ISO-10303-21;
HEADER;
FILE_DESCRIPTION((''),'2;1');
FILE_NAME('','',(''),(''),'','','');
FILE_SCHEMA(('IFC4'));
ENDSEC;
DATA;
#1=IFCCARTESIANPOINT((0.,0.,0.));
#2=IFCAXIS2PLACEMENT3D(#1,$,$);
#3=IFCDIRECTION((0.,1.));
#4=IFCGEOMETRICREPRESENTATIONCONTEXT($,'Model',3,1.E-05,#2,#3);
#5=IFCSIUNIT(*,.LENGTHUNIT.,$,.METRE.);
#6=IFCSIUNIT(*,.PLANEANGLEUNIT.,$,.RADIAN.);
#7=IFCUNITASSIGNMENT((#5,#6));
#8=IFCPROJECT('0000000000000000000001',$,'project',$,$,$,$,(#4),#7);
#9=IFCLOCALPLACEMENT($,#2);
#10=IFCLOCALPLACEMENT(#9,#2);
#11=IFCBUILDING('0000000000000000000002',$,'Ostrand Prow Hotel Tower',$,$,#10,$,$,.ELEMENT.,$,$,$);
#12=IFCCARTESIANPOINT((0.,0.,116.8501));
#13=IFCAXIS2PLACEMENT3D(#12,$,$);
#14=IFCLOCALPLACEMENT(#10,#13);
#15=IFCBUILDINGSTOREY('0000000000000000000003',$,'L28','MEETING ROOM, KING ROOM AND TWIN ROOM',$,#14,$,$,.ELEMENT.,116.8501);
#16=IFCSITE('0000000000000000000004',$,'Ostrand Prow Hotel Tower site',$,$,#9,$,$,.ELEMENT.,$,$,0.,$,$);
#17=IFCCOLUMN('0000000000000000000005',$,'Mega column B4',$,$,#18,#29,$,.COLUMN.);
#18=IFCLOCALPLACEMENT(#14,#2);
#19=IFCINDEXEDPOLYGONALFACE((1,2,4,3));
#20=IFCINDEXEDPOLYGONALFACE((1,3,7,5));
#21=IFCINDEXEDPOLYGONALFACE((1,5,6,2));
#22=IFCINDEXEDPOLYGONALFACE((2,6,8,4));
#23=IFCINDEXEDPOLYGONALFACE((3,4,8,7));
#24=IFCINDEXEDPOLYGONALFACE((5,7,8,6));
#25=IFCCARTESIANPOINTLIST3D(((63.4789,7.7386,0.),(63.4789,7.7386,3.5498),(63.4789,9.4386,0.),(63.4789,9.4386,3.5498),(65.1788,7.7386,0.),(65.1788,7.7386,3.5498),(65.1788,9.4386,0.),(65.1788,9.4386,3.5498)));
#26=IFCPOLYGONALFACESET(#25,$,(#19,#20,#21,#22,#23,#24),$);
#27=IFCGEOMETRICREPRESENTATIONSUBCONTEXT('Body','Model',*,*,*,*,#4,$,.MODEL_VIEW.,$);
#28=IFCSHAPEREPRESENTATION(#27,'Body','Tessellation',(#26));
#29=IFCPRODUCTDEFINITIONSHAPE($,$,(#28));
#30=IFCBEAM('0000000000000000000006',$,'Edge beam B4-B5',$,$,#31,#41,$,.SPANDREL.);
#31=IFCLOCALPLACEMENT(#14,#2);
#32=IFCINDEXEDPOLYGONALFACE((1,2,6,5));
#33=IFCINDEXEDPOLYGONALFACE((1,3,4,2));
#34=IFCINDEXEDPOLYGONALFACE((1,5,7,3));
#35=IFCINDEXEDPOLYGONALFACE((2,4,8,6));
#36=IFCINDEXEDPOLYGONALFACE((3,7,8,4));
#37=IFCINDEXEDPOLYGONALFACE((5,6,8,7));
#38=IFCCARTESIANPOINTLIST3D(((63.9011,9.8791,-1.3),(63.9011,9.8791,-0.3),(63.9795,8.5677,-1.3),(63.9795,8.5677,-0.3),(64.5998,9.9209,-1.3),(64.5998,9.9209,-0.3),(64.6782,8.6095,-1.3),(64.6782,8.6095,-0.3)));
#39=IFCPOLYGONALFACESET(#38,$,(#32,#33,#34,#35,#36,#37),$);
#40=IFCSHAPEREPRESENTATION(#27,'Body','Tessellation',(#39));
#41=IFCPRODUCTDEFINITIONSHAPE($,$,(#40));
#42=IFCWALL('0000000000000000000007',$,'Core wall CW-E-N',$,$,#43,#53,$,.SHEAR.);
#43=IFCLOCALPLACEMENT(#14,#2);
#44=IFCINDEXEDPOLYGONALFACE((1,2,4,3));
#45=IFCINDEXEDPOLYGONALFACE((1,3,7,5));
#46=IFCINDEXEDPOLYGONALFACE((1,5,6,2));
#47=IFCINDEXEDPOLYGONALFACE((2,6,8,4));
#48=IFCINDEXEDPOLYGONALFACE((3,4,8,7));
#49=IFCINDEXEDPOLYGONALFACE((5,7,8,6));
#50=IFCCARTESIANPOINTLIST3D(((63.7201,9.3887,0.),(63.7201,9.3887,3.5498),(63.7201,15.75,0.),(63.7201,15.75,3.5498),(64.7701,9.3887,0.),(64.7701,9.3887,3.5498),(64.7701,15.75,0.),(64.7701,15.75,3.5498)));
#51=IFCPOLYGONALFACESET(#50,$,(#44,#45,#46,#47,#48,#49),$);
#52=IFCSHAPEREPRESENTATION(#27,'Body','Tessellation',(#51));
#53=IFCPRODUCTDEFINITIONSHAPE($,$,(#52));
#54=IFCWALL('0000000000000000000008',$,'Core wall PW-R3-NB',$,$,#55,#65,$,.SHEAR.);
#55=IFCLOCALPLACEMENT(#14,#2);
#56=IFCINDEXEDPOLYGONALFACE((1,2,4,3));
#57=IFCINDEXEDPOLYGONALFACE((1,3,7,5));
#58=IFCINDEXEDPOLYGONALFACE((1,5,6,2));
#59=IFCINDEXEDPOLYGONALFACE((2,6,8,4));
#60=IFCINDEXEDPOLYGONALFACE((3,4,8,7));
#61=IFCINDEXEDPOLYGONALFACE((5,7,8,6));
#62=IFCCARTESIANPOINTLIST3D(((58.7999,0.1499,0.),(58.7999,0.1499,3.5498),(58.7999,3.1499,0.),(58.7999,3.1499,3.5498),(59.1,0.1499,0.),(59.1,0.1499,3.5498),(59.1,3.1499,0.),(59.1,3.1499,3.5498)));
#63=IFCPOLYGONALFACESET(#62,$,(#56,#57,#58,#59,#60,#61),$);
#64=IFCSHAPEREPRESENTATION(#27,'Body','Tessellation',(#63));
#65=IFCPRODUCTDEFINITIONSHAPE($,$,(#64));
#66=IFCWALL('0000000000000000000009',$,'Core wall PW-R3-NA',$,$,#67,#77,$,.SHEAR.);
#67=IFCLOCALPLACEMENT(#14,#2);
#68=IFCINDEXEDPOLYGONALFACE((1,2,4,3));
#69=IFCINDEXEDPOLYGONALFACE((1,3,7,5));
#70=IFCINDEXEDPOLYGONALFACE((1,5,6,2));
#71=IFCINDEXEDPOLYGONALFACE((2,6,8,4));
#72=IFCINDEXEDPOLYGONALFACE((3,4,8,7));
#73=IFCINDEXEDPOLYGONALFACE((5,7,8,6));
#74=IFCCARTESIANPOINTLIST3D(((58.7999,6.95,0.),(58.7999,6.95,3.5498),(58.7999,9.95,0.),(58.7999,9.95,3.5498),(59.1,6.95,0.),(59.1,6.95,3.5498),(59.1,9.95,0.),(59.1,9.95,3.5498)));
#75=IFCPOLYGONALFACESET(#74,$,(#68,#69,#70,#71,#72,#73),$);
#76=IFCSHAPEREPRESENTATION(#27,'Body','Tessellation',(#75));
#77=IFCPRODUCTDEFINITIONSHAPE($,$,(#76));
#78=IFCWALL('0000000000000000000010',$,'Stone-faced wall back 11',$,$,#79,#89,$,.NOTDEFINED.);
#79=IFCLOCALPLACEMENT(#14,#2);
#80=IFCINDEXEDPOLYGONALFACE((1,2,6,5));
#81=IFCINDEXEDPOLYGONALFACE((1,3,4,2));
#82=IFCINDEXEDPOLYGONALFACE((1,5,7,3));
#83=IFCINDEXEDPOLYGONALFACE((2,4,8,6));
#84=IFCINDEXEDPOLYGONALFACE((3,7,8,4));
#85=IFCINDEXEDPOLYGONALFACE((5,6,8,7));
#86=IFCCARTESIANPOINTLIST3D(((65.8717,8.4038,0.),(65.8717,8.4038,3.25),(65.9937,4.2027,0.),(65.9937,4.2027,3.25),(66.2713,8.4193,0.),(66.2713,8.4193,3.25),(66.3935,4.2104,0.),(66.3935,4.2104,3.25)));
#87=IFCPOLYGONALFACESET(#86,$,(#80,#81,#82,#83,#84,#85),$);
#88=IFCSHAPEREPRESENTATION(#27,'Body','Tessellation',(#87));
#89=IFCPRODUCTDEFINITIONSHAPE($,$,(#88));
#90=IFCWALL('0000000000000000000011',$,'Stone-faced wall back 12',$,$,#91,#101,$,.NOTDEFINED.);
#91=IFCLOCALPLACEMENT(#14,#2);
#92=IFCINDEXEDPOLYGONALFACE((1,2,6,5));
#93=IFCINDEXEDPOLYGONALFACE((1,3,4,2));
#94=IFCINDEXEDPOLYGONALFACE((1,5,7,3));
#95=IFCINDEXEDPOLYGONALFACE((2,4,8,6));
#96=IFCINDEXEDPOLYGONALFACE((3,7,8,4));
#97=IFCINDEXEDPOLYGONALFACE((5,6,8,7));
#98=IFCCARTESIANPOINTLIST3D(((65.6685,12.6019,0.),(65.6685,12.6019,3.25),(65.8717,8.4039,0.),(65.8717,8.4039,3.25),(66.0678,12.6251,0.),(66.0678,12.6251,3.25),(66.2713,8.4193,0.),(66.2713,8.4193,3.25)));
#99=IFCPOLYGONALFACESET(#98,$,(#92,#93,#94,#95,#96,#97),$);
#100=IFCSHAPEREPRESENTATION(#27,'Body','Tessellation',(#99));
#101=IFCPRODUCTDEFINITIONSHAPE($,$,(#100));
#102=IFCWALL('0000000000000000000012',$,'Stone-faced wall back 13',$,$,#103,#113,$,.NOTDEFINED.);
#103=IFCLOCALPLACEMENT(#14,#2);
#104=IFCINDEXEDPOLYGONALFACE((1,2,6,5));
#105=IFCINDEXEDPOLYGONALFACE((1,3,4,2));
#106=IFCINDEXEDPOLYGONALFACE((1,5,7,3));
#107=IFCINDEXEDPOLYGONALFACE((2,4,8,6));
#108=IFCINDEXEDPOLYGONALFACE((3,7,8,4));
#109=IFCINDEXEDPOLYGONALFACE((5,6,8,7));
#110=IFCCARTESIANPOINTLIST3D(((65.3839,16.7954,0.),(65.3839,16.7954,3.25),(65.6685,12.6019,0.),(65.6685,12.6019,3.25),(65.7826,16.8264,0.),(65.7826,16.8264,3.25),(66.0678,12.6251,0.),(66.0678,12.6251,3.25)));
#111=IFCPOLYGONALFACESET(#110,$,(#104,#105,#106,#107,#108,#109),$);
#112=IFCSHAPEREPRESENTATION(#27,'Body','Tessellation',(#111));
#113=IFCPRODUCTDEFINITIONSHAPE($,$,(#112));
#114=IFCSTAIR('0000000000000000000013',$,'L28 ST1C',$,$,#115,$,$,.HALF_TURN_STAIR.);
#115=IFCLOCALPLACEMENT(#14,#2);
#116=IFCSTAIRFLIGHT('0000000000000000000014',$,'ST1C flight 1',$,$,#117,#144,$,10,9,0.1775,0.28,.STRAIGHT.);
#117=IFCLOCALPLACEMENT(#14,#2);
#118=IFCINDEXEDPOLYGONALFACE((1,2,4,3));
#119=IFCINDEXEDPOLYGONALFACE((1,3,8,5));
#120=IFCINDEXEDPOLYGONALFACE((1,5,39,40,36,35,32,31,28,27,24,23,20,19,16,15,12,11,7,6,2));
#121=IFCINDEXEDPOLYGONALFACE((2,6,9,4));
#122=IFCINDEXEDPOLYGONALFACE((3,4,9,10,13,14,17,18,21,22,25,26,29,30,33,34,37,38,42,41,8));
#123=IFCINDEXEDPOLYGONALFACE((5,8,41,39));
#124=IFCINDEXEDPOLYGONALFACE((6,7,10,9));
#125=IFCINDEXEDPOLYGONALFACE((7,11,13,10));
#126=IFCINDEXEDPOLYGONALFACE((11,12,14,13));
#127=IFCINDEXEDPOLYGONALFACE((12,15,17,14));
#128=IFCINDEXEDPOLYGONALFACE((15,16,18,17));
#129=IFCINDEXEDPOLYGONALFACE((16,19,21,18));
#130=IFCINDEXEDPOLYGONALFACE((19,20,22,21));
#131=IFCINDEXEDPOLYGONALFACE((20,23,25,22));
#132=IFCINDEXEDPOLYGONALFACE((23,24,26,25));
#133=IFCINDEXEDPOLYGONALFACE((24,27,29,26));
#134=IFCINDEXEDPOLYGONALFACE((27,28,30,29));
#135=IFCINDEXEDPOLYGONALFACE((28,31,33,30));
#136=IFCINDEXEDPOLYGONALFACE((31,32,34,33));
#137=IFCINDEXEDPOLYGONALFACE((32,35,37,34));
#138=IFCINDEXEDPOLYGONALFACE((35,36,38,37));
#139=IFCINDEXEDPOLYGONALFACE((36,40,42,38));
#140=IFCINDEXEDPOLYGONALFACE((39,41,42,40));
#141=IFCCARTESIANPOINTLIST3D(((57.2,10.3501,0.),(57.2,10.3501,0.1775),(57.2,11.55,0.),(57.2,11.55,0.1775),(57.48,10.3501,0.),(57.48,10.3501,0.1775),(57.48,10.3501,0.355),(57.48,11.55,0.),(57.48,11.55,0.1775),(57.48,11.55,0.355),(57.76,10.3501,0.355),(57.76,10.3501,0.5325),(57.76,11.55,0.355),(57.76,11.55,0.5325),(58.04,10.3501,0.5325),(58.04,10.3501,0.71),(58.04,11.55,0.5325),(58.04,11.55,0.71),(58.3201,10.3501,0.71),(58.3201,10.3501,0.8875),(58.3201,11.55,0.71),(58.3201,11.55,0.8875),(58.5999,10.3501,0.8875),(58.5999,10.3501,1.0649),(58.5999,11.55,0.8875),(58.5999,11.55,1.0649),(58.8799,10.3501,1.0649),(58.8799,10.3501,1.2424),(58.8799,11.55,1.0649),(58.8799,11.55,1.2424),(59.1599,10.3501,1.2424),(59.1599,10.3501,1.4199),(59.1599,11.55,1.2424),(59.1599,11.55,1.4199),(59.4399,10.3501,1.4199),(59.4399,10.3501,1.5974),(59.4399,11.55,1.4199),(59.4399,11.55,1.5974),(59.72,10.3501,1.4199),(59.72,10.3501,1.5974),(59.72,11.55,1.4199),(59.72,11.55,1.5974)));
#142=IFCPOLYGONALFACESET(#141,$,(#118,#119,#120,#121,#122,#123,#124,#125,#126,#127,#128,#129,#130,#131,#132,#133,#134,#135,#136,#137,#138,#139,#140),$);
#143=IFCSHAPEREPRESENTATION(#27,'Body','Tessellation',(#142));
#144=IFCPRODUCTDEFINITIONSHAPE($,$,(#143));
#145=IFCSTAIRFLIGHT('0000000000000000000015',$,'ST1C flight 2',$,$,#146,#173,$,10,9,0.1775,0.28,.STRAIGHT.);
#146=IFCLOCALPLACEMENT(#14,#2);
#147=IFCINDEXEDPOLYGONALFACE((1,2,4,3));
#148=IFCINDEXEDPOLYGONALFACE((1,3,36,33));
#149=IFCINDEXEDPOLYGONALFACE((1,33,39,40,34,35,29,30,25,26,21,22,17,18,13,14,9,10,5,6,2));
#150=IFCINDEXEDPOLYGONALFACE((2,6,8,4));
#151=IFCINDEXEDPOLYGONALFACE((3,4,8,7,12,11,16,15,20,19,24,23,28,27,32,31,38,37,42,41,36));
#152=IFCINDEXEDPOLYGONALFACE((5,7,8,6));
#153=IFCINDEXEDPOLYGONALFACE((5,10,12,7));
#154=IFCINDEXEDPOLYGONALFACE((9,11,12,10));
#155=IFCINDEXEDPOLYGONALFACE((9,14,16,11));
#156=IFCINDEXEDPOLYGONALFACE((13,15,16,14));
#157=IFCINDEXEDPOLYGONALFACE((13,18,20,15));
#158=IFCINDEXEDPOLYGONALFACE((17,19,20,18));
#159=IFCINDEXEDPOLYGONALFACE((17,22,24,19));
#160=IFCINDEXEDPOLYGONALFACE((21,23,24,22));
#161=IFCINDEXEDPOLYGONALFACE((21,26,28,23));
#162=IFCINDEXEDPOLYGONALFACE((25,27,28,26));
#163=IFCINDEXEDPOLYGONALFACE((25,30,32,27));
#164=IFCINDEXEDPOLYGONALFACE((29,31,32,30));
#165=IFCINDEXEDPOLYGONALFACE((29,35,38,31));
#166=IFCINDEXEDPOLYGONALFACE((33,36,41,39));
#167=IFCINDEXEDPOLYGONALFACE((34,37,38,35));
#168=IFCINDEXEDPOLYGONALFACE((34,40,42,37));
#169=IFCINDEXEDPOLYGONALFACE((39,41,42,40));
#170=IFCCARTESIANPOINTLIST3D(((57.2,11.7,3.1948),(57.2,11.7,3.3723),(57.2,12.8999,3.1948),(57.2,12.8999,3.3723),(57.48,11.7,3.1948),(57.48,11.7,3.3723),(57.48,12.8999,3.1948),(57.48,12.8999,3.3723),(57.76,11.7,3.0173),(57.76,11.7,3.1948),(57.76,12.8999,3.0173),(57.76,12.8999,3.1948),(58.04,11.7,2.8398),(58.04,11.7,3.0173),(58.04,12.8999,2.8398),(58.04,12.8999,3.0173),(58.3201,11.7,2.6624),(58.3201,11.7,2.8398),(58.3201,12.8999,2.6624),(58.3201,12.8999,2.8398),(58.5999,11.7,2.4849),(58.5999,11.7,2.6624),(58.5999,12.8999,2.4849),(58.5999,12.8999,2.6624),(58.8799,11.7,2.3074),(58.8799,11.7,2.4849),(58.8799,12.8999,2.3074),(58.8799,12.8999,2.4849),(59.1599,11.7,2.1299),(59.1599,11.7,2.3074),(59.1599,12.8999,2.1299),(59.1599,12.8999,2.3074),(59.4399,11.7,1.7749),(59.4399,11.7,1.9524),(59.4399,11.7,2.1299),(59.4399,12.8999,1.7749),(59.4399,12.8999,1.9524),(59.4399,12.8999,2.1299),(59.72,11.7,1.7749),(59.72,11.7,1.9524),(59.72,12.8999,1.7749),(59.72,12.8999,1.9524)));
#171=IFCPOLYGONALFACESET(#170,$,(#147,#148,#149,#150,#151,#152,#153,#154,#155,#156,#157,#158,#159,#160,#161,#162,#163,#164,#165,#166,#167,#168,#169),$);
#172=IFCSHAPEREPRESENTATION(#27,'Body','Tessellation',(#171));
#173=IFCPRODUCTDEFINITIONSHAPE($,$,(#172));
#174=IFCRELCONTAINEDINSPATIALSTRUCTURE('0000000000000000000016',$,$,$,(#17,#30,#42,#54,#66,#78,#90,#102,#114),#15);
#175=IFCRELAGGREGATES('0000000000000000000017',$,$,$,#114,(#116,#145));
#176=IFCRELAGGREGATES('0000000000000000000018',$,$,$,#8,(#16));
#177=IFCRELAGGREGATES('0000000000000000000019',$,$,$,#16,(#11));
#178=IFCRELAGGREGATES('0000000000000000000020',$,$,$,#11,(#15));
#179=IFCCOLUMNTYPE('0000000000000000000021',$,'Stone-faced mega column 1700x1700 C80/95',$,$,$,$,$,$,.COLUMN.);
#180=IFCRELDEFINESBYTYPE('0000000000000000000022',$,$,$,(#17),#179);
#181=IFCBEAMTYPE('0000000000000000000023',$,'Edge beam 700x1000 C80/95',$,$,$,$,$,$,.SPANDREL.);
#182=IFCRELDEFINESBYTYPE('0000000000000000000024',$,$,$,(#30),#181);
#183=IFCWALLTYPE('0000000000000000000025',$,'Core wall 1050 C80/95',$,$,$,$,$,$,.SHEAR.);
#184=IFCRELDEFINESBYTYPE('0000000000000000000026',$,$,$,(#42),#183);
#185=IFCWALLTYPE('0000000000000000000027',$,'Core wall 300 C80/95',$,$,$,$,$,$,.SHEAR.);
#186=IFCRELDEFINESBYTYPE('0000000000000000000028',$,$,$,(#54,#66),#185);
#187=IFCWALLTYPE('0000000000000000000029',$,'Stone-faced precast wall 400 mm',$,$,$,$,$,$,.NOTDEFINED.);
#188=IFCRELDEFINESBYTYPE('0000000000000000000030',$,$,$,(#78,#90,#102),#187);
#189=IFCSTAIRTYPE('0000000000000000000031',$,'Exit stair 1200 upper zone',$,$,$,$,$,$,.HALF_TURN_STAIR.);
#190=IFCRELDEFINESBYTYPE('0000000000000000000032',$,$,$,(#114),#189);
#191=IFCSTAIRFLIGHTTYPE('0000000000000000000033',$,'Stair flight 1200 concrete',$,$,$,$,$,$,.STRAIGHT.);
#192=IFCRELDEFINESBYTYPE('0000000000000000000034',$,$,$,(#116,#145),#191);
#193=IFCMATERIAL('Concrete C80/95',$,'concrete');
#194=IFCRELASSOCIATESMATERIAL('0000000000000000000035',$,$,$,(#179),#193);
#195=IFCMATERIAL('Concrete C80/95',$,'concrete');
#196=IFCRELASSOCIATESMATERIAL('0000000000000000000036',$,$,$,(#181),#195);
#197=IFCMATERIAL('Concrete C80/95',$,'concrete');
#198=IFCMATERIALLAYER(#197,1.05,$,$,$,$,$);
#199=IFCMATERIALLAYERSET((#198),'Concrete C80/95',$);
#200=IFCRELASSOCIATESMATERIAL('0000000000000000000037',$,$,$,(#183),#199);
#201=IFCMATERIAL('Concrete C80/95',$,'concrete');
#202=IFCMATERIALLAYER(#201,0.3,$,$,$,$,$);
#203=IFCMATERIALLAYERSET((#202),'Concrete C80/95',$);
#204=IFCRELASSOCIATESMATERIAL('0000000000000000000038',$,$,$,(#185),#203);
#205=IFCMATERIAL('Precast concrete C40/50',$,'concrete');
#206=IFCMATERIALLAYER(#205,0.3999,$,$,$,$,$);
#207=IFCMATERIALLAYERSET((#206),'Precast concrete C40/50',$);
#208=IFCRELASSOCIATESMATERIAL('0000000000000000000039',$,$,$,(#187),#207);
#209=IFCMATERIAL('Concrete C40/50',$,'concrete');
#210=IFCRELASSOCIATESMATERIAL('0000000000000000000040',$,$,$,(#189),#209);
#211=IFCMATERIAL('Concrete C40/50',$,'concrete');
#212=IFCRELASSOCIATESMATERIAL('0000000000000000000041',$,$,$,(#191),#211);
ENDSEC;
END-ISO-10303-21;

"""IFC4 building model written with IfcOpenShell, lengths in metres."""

from ifc_helpers import new_model, si_unit, direction, frame, frame_2d, origin, origin_2d, place, context, subcontext, project, spatial, polyline, rectangle, outline, extrude, material, layer, layer_set, material_profile, profile_set, type_object, element, aggregate, save


model = new_model("IFC4")

# Units and contexts
model_context = context("Model", 3, precision=1e-05, world=origin(), true_north=direction((0.0, 1.0)))
body_context = subcontext(model_context, "Body", "Model", "MODEL_VIEW")
ifc_project = project(units=[si_unit("LENGTHUNIT", "METRE"), si_unit("PLANEANGLEUNIT", "RADIAN")], contexts=[model_context])

# Site, building, storey
site_placement = place(None, origin())
site = spatial("IfcSite", under=ifc_project, at=site_placement, Name="Ostrand Prow Hotel Tower site", CompositionType="ELEMENT", RefElevation=0.0)
building_placement = place(site_placement, origin())
building = spatial("IfcBuilding", under=site, at=building_placement, Name="Ostrand Prow Hotel Tower", CompositionType="ELEMENT")
storey_placement = place(building_placement, frame((0.0, 0.0, 116.8501)))
storey = spatial("IfcBuildingStorey", under=building, at=storey_placement, Name="L28", Description="MEETING ROOM, KING ROOM AND TWIN ROOM", CompositionType="ELEMENT", Elevation=116.8501)

# Column
ifc_material_1 = material(Name="Concrete C80/95", Category="concrete")
ifc_material_profile_1 = material_profile(ifc_material_1, rectangle(XDim=1.7, YDim=1.7, at=origin_2d()), Name="RC 1700x1700")
ifc_profile_set_1 = profile_set([ifc_material_profile_1], Name="Concrete C80/95")
column_type = type_object("IfcColumnType", Name="Stone-faced mega column 1700x1700 C80/95", PredefinedType="COLUMN", material=ifc_profile_set_1)
column_placement = place(storey_placement, frame((64.3289, 8.5886, 0.0), z_axis=(0.0, 0.0, 1.0), x_axis=(1.0, 0.0, 0.0)))
element("IfcColumn", 1, at=column_placement, inside=storey, type_object=column_type, Name="Mega column B4", PredefinedType="COLUMN", context=body_context, shape_type="SweptSolid", body=[
    extrude(rectangle(XDim=1.7, YDim=1.7, at=origin_2d()), origin(), (0.0, 0.0, 1.0), 3.5498),
])

# Beam
ifc_material_2 = material(Name="Concrete C80/95", Category="concrete")
ifc_material_profile_2 = material_profile(ifc_material_2, rectangle(XDim=0.7, YDim=1.0, at=origin_2d()), Name="RC 700x1000")
ifc_profile_set_2 = profile_set([ifc_material_profile_2], Name="Concrete C80/95")
beam_type = type_object("IfcBeamType", Name="Edge beam 700x1000 C80/95", PredefinedType="SPANDREL", material=ifc_profile_set_2)
beam_placement = place(storey_placement, frame((64.3289, 8.5886, -0.8), z_axis=(-0.059659, 0.998219, 0.0), x_axis=(-0.998219, -0.059659, 0.0)))
element("IfcBeam", 2, at=beam_placement, inside=storey, type_object=beam_type, Name="Edge beam B4-B5", PredefinedType="SPANDREL", context=body_context, shape_type="SweptSolid", body=[
    extrude(rectangle(XDim=0.7, YDim=1.0, at=origin_2d()), origin(), (0.0, 0.0, 1.0), 1.3137),
])

# Walls
ifc_material_3 = material(Name="Concrete C80/95", Category="concrete")
ifc_layer_1 = layer(ifc_material_3, 1.05)
ifc_layer_set_1 = layer_set([ifc_layer_1], Name="Concrete C80/95")
wall_type_1 = type_object("IfcWallType", Name="Core wall 1050 C80/95", PredefinedType="SHEAR", material=ifc_layer_set_1)
wall_1_placement = place(storey_placement, frame((64.2451, 9.3887, 0.0), z_axis=(0.0, 0.0, 1.0), x_axis=(0.0, 1.0, 0.0)))
element("IfcWall", 3, at=wall_1_placement, inside=storey, type_object=wall_type_1, Name="Core wall CW-E-N", PredefinedType="SHEAR", context=body_context, shape_type="SweptSolid", body=[
    extrude(rectangle(XDim=6.3613, YDim=1.05, at=frame_2d((3.1807, 0.0))), origin(), (0.0, 0.0, 1.0), 3.5498),
])
ifc_material_4 = material(Name="Concrete C80/95", Category="concrete")
ifc_layer_2 = layer(ifc_material_4, 0.3)
ifc_layer_set_2 = layer_set([ifc_layer_2], Name="Concrete C80/95")
wall_type_2 = type_object("IfcWallType", Name="Core wall 300 C80/95", PredefinedType="SHEAR", material=ifc_layer_set_2)
for number, where, z_axis, x_axis, name in (
    (4, (58.95, 0.1499, 0.0), (0.0, 0.0, 1.0), (0.0, 1.0, 0.0), "Core wall PW-R3-NB"),
    (5, (58.95, 6.95, 0.0), (0.0, 0.0, 1.0), (0.0, 1.0, 0.0), "Core wall PW-R3-NA"),
):
    element("IfcWall", number, at=place(storey_placement, frame(where, z_axis=z_axis, x_axis=x_axis)), inside=storey, type_object=wall_type_2, Name=name, PredefinedType="SHEAR", context=body_context, shape_type="SweptSolid", body=[
        extrude(rectangle(XDim=3.0, YDim=0.3, at=frame_2d((1.5, 0.0))), origin(), (0.0, 0.0, 1.0), 3.5498),
    ])
ifc_material_5 = material(Name="Precast concrete C40/50", Category="concrete")
ifc_layer_3 = layer(ifc_material_5, 0.3999)
ifc_layer_set_3 = layer_set([ifc_layer_3], Name="Precast concrete C40/50")
wall_type_3 = type_object("IfcWallType", Name="Stone-faced precast wall 400 mm", PredefinedType="NOTDEFINED", material=ifc_layer_set_3)
for number, where, z_axis, x_axis, name in (
    (6, (66.1936, 4.2065, 0.0), (0.0, 0.0, 1.0), (-0.029017, 0.999579, 0.0), "Stone-faced wall back 11"),
    (7, (66.0715, 8.4116, 0.0), (0.0, 0.0, 1.0), (-0.048343, 0.998831, 0.0), "Stone-faced wall back 12"),
):
    element("IfcWall", number, at=place(storey_placement, frame(where, z_axis=z_axis, x_axis=x_axis)), inside=storey, type_object=wall_type_3, Name=name, PredefinedType="NOTDEFINED", context=body_context, shape_type="SweptSolid", body=[
        extrude(outline(polyline([(-0.002, -0.2), (4.2087, -0.2), (4.2048, 0.2), (0.002, 0.2), (-0.002, -0.2)])), origin(), (0.0, 0.0, 1.0), 3.25),
    ])
wall_2_placement = place(storey_placement, frame((65.8682, 12.6135, 0.0), z_axis=(0.0, 0.0, 1.0), x_axis=(-0.067725, 0.997704, 0.0)))
element("IfcWall", 8, at=wall_2_placement, inside=storey, type_object=wall_type_3, Name="Stone-faced wall back 13", PredefinedType="NOTDEFINED", context=body_context, shape_type="SweptSolid", body=[
    extrude(outline(polyline([(-0.002, -0.2), (4.209, -0.2), (4.2051, 0.2), (0.002, 0.2), (-0.002, -0.2)])), origin(), (0.0, 0.0, 1.0), 3.25),
])

# Stair, stair flights
ifc_material_6 = material(Name="Concrete C40/50", Category="concrete")
stair_type = type_object("IfcStairType", Name="Exit stair 1200 upper zone", PredefinedType="HALF_TURN_STAIR", material=ifc_material_6)
stair_1_placement = place(storey_placement, origin())
stair_1 = element("IfcStair", 9, at=stair_1_placement, inside=storey, type_object=stair_type, Name="L28 ST1C", PredefinedType="HALF_TURN_STAIR")
ifc_material_7 = material(Name="Concrete C40/50", Category="concrete")
stair_flight_type = type_object("IfcStairFlightType", Name="Stair flight 1200 concrete", PredefinedType="STRAIGHT", material=ifc_material_7)
stair_flight_1_placement = place(storey_placement, frame((57.2, 10.95, 0.0), z_axis=(0.0, 0.0, 1.0), x_axis=(1.0, 0.0, 0.0)))
stair_flight_1 = element("IfcStairFlight", 10, at=stair_flight_1_placement, type_object=stair_flight_type, Name="ST1C flight 1", NumberOfRisers=10, NumberOfTreads=9, PredefinedType="STRAIGHT", RiserHeight=0.1775, TreadLength=0.28, context=body_context, shape_type="SweptSolid", body=[
    extrude(outline(polyline([(0.0, 0.0), (0.0, 0.1775), (0.28, 0.1775), (0.28, 0.355), (0.5601, 0.355), (0.5601, 0.5325), (0.8401, 0.5325), (0.8401, 0.71), (1.1201, 0.71), (1.1201, 0.8875), (1.3999, 0.8875), (1.3999, 1.0649), (1.6799, 1.0649), (1.6799, 1.2424), (1.96, 1.2424), (1.96, 1.4199), (2.24, 1.4199), (2.24, 1.5974), (2.52, 1.5974), (2.52, 1.7749), (2.52, 1.4199), (0.28, 0.0), (0.0, 0.0)])), frame((0.0, 0.6001, 0.0), z_axis=(0.0, -1.0, 0.0), x_axis=(1.0, 0.0, 0.0)), (0.0, 0.0, 1.0), 1.2),
])
stair_flight_2_placement = place(storey_placement, frame((59.72, 12.3, 1.7749), z_axis=(0.0, 0.0, 1.0), x_axis=(-1.0, 0.0, 0.0)))
stair_flight_2 = element("IfcStairFlight", 11, at=stair_flight_2_placement, type_object=stair_flight_type, Name="ST1C flight 2", NumberOfRisers=10, NumberOfTreads=9, PredefinedType="STRAIGHT", RiserHeight=0.1775, TreadLength=0.28, context=body_context, shape_type="SweptSolid", body=[
    extrude(outline(polyline([(0.0, 0.0), (0.0, 0.1775), (0.28, 0.1775), (0.28, 0.355), (0.5601, 0.355), (0.5601, 0.5325), (0.8401, 0.5325), (0.8401, 0.71), (1.1201, 0.71), (1.1201, 0.8875), (1.3999, 0.8875), (1.3999, 1.0649), (1.6799, 1.0649), (1.6799, 1.2424), (1.96, 1.2424), (1.96, 1.4199), (2.24, 1.4199), (2.24, 1.5974), (2.52, 1.5974), (2.52, 1.7749), (2.52, 1.4199), (0.28, 0.0), (0.0, 0.0)])), frame((0.0, 0.6001, 0.0), z_axis=(0.0, -1.0, 0.0), x_axis=(1.0, 0.0, 0.0)), (0.0, 0.0, 1.0), 1.2),
])
aggregate(stair_1, [stair_flight_1, stair_flight_2])

save(model, "model.ifc")
